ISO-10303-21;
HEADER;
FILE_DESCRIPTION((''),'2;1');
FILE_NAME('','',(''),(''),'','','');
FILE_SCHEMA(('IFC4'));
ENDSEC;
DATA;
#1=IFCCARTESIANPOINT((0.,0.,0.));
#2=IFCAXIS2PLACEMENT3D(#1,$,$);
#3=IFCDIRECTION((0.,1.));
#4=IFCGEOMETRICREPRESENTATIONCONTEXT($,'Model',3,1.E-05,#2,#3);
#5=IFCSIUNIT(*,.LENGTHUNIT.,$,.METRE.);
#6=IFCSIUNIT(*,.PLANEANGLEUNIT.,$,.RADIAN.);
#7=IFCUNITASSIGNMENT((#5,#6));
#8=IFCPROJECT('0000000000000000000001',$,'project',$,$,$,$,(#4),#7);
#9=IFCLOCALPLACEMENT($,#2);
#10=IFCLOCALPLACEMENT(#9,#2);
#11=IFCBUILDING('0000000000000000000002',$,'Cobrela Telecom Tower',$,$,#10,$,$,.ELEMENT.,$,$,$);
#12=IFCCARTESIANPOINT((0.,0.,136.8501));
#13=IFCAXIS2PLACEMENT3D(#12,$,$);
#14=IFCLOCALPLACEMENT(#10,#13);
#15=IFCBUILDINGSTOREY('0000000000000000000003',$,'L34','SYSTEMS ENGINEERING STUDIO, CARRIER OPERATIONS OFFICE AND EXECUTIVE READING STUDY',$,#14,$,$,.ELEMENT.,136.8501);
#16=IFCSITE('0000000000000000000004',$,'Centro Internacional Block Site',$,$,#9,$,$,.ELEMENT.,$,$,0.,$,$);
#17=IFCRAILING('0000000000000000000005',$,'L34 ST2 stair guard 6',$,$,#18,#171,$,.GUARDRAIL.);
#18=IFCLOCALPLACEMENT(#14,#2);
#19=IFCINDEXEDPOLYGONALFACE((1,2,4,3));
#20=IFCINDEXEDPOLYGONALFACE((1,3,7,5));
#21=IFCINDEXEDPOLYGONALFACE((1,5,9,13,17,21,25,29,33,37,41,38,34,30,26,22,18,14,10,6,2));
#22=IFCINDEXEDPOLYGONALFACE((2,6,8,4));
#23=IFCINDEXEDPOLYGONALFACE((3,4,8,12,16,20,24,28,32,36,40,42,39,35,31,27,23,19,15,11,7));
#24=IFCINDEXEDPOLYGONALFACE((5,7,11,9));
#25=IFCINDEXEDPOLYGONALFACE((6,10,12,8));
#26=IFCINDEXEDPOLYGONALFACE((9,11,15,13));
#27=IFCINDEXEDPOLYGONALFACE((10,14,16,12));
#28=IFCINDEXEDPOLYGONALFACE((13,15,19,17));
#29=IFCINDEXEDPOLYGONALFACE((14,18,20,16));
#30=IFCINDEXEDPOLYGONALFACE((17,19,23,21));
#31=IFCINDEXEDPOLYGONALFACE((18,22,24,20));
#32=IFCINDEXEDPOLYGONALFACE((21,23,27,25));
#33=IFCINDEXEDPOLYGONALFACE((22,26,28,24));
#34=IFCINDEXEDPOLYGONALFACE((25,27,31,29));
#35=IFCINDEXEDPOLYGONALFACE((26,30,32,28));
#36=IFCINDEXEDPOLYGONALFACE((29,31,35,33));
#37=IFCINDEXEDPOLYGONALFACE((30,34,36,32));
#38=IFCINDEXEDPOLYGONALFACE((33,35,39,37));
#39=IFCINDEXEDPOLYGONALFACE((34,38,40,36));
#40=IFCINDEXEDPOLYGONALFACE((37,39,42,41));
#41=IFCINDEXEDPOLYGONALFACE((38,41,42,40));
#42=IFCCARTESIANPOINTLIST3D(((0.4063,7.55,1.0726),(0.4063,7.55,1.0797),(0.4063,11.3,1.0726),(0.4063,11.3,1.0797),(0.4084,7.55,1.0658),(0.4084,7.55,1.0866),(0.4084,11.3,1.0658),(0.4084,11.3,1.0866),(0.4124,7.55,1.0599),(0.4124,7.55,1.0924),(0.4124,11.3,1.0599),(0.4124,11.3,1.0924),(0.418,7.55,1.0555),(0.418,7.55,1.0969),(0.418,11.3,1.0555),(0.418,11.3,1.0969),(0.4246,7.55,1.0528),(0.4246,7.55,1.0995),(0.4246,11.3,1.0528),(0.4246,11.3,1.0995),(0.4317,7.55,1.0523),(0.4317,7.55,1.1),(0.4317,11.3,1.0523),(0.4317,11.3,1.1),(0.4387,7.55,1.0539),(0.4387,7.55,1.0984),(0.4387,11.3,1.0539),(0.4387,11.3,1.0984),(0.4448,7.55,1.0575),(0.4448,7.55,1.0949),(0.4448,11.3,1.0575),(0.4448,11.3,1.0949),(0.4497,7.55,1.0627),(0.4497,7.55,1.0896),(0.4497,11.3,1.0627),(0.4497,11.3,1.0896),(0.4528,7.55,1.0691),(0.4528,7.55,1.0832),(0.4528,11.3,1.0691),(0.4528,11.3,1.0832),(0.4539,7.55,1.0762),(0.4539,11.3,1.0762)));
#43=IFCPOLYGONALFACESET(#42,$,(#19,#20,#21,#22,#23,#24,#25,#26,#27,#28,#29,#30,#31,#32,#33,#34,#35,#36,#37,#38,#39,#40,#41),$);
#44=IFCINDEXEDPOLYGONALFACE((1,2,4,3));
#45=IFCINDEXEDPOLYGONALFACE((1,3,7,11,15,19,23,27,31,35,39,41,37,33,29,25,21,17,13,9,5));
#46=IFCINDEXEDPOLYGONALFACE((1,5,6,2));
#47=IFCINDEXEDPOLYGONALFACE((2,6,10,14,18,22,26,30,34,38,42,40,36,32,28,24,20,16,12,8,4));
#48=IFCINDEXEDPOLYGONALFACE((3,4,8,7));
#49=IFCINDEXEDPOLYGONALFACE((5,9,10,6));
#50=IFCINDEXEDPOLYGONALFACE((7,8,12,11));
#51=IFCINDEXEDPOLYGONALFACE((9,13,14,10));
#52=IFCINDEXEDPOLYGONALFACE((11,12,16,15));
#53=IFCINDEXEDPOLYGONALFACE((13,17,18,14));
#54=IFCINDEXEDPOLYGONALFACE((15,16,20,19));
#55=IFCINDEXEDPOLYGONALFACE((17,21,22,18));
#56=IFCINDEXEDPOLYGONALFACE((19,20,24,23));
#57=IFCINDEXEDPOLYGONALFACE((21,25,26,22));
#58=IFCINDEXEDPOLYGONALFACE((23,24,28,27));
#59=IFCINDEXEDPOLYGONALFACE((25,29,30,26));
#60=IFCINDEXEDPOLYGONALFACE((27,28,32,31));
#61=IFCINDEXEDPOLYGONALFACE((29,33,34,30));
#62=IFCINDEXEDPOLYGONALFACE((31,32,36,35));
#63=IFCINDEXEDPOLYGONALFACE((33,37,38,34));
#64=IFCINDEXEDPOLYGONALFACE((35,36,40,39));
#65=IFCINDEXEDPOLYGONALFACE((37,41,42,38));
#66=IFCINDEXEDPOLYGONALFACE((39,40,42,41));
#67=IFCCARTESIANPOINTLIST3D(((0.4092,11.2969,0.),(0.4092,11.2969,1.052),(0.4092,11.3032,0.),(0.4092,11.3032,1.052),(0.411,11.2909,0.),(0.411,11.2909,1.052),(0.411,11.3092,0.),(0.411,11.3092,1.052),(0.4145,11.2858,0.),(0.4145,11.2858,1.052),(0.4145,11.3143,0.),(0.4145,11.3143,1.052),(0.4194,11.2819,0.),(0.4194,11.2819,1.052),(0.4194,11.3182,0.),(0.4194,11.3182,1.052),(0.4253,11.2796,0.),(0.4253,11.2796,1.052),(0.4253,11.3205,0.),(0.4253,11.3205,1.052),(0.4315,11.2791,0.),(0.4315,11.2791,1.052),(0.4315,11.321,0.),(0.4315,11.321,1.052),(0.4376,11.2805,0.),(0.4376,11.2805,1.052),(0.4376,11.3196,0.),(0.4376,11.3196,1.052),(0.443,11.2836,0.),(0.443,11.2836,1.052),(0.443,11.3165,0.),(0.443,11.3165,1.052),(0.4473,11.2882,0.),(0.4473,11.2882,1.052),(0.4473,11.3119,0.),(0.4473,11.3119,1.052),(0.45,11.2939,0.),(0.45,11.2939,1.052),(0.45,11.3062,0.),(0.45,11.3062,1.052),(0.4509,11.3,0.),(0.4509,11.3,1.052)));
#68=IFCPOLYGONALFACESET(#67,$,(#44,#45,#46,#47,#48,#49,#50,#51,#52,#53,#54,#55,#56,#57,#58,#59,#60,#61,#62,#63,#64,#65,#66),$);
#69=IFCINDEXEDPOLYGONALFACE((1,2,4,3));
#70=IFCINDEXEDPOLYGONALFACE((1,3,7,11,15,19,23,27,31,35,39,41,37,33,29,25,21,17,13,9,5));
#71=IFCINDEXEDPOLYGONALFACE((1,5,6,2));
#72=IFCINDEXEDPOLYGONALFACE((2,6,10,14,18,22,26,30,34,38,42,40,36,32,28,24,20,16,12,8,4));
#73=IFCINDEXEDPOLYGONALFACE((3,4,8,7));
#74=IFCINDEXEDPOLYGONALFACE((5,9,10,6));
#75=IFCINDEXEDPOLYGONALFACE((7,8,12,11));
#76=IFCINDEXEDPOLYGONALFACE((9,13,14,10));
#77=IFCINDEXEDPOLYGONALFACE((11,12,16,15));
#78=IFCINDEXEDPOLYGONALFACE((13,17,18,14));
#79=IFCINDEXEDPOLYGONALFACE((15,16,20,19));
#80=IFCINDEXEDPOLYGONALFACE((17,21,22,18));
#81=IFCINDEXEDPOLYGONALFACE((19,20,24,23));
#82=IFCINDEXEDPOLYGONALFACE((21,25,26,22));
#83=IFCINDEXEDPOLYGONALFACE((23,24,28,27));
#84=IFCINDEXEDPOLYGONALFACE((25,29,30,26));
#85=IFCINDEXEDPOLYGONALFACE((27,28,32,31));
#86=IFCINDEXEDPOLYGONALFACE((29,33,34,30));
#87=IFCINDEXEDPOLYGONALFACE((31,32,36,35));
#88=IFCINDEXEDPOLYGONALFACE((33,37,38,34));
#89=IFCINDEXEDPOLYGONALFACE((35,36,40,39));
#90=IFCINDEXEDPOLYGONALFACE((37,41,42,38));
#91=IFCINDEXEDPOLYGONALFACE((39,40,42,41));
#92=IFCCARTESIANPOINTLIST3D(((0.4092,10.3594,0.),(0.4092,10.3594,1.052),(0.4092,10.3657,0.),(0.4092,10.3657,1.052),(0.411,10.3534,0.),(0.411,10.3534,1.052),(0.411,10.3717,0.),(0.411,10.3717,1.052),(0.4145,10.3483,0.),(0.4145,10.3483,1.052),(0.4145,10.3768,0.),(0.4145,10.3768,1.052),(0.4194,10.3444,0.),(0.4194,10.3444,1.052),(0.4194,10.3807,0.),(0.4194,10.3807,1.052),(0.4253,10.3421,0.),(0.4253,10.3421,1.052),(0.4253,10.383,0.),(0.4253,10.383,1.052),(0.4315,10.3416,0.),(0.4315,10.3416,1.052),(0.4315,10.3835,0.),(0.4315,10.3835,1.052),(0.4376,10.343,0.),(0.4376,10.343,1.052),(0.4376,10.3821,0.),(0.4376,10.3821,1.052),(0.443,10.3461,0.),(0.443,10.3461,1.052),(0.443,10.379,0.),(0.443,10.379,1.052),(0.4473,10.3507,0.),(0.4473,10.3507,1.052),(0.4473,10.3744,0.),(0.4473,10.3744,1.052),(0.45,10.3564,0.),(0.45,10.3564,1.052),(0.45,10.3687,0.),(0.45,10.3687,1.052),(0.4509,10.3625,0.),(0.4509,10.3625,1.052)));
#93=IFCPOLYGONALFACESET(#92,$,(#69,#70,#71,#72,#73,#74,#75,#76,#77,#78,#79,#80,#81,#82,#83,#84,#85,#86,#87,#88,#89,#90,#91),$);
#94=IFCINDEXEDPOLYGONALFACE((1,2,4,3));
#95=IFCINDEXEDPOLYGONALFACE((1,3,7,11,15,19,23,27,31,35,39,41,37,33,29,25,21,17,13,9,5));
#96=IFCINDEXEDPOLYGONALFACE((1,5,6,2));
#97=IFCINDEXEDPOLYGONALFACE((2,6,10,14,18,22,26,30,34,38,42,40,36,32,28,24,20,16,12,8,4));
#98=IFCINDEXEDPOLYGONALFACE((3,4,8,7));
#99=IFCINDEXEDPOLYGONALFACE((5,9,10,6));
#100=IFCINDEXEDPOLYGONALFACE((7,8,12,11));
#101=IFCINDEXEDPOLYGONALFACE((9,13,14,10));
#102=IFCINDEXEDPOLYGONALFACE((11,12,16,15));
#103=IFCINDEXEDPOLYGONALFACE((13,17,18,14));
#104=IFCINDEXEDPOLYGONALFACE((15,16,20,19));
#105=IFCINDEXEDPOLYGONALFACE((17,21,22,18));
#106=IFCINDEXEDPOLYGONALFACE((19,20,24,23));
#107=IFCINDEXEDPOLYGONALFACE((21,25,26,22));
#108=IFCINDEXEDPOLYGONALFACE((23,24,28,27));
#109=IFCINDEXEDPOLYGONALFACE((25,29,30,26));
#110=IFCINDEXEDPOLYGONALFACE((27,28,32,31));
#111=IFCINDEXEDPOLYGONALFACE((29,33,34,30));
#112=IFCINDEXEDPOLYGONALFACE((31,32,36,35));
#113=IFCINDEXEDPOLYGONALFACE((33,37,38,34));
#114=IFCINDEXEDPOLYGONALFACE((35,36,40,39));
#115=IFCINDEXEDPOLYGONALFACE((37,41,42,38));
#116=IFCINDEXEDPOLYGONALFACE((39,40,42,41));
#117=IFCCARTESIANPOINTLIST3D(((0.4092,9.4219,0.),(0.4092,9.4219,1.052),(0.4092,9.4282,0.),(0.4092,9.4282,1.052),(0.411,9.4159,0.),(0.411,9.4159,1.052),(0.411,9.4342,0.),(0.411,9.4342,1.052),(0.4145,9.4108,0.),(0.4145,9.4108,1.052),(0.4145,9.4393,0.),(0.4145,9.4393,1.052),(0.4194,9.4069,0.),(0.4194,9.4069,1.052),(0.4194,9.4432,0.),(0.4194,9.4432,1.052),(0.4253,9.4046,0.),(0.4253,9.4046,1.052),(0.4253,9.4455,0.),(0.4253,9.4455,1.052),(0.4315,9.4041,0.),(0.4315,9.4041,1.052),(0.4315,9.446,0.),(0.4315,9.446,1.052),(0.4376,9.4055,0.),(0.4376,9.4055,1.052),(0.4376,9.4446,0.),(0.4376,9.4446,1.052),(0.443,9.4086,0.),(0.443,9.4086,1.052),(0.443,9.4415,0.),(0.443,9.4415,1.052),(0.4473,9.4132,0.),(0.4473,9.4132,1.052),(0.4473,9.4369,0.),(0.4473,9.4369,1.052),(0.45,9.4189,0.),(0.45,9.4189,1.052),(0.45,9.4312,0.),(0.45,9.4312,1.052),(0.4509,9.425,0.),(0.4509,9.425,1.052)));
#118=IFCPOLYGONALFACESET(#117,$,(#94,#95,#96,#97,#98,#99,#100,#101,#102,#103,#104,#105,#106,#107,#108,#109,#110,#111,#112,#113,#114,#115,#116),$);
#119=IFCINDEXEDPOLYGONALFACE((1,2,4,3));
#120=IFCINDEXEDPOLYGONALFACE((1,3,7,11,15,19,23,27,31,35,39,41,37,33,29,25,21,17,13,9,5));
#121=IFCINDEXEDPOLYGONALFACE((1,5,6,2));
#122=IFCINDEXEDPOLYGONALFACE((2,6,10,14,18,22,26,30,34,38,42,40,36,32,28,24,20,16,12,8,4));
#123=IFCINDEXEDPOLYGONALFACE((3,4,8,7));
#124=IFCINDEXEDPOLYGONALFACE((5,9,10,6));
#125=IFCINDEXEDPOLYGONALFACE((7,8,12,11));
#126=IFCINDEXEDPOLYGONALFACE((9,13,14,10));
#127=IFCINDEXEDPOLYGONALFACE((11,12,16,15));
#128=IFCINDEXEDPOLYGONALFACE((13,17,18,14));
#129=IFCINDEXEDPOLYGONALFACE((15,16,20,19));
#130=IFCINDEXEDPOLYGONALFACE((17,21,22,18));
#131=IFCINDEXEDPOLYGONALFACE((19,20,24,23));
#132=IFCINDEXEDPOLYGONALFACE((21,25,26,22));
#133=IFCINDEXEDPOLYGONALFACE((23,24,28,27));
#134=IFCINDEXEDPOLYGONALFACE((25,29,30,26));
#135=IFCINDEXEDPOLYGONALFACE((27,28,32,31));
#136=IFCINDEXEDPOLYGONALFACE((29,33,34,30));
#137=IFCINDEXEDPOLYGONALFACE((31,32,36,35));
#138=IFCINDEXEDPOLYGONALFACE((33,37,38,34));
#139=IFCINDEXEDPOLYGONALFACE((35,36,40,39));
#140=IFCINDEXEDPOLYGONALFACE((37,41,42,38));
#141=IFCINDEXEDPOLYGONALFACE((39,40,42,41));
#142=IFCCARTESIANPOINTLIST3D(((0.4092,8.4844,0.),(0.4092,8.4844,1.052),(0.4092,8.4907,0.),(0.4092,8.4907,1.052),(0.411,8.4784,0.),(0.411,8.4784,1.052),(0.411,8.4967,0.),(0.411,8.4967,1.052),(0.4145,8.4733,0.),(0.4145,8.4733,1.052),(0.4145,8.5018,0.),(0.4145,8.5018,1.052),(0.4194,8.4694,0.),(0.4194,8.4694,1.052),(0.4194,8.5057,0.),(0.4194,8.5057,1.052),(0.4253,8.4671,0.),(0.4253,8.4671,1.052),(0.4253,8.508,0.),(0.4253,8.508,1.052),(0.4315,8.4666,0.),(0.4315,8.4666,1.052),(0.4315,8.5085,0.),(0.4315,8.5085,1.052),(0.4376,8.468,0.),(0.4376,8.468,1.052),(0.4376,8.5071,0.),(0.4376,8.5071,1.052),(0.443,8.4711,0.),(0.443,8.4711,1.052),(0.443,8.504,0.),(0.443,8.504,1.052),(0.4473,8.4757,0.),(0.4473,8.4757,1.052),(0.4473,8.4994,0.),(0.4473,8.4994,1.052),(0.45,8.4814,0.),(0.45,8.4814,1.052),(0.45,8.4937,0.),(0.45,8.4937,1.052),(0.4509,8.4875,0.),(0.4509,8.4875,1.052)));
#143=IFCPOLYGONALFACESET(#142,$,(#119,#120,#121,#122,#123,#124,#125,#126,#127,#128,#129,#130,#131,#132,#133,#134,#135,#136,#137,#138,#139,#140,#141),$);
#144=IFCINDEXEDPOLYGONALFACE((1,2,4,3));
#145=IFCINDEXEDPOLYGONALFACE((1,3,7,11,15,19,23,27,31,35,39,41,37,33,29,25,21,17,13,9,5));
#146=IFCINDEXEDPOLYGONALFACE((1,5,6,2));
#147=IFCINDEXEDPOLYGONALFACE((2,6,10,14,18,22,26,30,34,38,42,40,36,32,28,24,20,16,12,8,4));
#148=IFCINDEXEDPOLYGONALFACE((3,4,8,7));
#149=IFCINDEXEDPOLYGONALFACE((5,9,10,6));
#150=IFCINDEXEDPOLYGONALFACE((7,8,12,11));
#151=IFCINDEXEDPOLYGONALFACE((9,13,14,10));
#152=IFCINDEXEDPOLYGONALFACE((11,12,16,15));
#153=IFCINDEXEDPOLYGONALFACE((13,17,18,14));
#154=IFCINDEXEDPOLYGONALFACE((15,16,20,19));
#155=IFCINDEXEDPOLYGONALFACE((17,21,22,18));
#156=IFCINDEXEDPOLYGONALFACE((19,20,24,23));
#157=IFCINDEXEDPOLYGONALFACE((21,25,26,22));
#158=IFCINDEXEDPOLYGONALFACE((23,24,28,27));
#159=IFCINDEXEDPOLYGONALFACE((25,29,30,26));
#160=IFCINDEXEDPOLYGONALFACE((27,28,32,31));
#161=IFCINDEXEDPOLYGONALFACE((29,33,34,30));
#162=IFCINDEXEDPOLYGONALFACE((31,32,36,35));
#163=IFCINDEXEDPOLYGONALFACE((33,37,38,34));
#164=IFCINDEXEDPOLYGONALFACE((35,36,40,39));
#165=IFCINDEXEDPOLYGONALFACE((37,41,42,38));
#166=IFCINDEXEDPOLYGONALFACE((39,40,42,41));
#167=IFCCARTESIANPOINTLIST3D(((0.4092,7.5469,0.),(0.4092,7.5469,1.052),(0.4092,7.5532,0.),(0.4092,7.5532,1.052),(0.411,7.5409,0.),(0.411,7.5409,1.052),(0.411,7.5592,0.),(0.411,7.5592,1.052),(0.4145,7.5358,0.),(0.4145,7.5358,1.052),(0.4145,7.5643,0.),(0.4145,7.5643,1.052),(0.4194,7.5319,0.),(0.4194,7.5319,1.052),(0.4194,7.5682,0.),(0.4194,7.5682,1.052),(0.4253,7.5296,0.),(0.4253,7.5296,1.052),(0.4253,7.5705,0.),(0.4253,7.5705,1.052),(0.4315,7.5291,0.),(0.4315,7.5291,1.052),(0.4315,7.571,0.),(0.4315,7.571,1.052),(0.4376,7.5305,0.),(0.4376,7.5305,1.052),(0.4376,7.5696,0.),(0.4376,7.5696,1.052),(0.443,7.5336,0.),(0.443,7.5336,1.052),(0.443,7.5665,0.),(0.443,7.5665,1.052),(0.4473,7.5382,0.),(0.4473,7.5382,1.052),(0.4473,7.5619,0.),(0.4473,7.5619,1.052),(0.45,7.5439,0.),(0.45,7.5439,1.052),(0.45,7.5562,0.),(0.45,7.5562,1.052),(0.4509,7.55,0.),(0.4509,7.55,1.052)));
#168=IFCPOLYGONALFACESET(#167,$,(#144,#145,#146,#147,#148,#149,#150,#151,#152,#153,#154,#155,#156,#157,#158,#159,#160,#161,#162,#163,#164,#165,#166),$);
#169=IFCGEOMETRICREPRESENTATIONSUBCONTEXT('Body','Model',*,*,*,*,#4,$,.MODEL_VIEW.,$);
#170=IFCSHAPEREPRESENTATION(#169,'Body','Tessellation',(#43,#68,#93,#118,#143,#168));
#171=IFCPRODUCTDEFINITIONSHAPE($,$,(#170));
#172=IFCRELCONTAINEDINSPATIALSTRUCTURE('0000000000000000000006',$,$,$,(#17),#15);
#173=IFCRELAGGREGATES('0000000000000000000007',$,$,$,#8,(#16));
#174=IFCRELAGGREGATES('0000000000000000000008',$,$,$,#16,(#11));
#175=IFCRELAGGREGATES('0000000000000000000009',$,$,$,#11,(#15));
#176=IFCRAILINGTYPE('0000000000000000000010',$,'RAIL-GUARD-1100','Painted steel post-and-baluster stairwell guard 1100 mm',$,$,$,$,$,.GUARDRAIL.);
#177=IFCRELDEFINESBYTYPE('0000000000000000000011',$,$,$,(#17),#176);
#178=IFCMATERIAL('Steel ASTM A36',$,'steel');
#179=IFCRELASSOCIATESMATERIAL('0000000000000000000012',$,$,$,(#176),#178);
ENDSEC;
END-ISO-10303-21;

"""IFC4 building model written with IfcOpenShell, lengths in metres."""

from ifc_helpers import new_model, si_unit, direction, frame, origin, origin_2d, place, context, subcontext, project, spatial, circle, extrude, material, type_object, element, save


model = new_model("IFC4")

# Units and contexts
model_context = context("Model", 3, precision=1e-05, world=origin(), true_north=direction((0.0, 1.0)))
body_context = subcontext(model_context, "Body", "Model", "MODEL_VIEW")
ifc_project = project(units=[si_unit("LENGTHUNIT", "METRE"), si_unit("PLANEANGLEUNIT", "RADIAN")], contexts=[model_context])

# Site, building, storey
site_placement = place(None, origin())
site = spatial("IfcSite", under=ifc_project, at=site_placement, Name="Centro Internacional Block Site", CompositionType="ELEMENT", RefElevation=0.0)
building_placement = place(site_placement, origin())
building = spatial("IfcBuilding", under=site, at=building_placement, Name="Cobrela Telecom Tower", CompositionType="ELEMENT")
storey_placement = place(building_placement, frame((0.0, 0.0, 136.8501)))
storey = spatial("IfcBuildingStorey", under=building, at=storey_placement, Name="L34", Description="SYSTEMS ENGINEERING STUDIO, CARRIER OPERATIONS OFFICE AND EXECUTIVE READING STUDY", CompositionType="ELEMENT", Elevation=136.8501)

# Shared definitions
ifc_material_1 = material(Name="Steel ASTM A36", Category="steel")

# Railing
railing_type_1 = type_object("IfcRailingType", Name="RAIL-GUARD-1100", Description="Painted steel post-and-baluster stairwell guard 1100 mm", PredefinedType="GUARDRAIL", material=ifc_material_1)
railing_1_placement = place(storey_placement, frame((0.4299, 11.3, 0.0)))
element("IfcRailing", 1, at=railing_1_placement, inside=storey, type_object=railing_type_1, Name="L34 ST2 stair guard 6", PredefinedType="GUARDRAIL", context=body_context, shape_type="SweptSolid", body=[
    extrude(circle(Radius=0.0239, at=origin_2d()), frame((0.0, 0.0, 1.0762), z_axis=(0.0, -1.0, 0.0), x_axis=(1.0, 0.0, 0.0)), (0.0, 0.0, 1.0), 3.75),
    extrude(circle(Radius=0.021, at=origin_2d()), origin(), (0.0, 0.0, 1.0), 1.052),
    extrude(circle(Radius=0.021, at=origin_2d()), frame((0.0, -0.9375, 0.0)), (0.0, 0.0, 1.0), 1.052),
    extrude(circle(Radius=0.021, at=origin_2d()), frame((0.0, -1.875, 0.0)), (0.0, 0.0, 1.0), 1.052),
    extrude(circle(Radius=0.021, at=origin_2d()), frame((0.0, -2.8125, 0.0)), (0.0, 0.0, 1.0), 1.052),
    extrude(circle(Radius=0.021, at=origin_2d()), frame((0.0, -3.75, 0.0)), (0.0, 0.0, 1.0), 1.052),
])

save(model, "model.ifc")
